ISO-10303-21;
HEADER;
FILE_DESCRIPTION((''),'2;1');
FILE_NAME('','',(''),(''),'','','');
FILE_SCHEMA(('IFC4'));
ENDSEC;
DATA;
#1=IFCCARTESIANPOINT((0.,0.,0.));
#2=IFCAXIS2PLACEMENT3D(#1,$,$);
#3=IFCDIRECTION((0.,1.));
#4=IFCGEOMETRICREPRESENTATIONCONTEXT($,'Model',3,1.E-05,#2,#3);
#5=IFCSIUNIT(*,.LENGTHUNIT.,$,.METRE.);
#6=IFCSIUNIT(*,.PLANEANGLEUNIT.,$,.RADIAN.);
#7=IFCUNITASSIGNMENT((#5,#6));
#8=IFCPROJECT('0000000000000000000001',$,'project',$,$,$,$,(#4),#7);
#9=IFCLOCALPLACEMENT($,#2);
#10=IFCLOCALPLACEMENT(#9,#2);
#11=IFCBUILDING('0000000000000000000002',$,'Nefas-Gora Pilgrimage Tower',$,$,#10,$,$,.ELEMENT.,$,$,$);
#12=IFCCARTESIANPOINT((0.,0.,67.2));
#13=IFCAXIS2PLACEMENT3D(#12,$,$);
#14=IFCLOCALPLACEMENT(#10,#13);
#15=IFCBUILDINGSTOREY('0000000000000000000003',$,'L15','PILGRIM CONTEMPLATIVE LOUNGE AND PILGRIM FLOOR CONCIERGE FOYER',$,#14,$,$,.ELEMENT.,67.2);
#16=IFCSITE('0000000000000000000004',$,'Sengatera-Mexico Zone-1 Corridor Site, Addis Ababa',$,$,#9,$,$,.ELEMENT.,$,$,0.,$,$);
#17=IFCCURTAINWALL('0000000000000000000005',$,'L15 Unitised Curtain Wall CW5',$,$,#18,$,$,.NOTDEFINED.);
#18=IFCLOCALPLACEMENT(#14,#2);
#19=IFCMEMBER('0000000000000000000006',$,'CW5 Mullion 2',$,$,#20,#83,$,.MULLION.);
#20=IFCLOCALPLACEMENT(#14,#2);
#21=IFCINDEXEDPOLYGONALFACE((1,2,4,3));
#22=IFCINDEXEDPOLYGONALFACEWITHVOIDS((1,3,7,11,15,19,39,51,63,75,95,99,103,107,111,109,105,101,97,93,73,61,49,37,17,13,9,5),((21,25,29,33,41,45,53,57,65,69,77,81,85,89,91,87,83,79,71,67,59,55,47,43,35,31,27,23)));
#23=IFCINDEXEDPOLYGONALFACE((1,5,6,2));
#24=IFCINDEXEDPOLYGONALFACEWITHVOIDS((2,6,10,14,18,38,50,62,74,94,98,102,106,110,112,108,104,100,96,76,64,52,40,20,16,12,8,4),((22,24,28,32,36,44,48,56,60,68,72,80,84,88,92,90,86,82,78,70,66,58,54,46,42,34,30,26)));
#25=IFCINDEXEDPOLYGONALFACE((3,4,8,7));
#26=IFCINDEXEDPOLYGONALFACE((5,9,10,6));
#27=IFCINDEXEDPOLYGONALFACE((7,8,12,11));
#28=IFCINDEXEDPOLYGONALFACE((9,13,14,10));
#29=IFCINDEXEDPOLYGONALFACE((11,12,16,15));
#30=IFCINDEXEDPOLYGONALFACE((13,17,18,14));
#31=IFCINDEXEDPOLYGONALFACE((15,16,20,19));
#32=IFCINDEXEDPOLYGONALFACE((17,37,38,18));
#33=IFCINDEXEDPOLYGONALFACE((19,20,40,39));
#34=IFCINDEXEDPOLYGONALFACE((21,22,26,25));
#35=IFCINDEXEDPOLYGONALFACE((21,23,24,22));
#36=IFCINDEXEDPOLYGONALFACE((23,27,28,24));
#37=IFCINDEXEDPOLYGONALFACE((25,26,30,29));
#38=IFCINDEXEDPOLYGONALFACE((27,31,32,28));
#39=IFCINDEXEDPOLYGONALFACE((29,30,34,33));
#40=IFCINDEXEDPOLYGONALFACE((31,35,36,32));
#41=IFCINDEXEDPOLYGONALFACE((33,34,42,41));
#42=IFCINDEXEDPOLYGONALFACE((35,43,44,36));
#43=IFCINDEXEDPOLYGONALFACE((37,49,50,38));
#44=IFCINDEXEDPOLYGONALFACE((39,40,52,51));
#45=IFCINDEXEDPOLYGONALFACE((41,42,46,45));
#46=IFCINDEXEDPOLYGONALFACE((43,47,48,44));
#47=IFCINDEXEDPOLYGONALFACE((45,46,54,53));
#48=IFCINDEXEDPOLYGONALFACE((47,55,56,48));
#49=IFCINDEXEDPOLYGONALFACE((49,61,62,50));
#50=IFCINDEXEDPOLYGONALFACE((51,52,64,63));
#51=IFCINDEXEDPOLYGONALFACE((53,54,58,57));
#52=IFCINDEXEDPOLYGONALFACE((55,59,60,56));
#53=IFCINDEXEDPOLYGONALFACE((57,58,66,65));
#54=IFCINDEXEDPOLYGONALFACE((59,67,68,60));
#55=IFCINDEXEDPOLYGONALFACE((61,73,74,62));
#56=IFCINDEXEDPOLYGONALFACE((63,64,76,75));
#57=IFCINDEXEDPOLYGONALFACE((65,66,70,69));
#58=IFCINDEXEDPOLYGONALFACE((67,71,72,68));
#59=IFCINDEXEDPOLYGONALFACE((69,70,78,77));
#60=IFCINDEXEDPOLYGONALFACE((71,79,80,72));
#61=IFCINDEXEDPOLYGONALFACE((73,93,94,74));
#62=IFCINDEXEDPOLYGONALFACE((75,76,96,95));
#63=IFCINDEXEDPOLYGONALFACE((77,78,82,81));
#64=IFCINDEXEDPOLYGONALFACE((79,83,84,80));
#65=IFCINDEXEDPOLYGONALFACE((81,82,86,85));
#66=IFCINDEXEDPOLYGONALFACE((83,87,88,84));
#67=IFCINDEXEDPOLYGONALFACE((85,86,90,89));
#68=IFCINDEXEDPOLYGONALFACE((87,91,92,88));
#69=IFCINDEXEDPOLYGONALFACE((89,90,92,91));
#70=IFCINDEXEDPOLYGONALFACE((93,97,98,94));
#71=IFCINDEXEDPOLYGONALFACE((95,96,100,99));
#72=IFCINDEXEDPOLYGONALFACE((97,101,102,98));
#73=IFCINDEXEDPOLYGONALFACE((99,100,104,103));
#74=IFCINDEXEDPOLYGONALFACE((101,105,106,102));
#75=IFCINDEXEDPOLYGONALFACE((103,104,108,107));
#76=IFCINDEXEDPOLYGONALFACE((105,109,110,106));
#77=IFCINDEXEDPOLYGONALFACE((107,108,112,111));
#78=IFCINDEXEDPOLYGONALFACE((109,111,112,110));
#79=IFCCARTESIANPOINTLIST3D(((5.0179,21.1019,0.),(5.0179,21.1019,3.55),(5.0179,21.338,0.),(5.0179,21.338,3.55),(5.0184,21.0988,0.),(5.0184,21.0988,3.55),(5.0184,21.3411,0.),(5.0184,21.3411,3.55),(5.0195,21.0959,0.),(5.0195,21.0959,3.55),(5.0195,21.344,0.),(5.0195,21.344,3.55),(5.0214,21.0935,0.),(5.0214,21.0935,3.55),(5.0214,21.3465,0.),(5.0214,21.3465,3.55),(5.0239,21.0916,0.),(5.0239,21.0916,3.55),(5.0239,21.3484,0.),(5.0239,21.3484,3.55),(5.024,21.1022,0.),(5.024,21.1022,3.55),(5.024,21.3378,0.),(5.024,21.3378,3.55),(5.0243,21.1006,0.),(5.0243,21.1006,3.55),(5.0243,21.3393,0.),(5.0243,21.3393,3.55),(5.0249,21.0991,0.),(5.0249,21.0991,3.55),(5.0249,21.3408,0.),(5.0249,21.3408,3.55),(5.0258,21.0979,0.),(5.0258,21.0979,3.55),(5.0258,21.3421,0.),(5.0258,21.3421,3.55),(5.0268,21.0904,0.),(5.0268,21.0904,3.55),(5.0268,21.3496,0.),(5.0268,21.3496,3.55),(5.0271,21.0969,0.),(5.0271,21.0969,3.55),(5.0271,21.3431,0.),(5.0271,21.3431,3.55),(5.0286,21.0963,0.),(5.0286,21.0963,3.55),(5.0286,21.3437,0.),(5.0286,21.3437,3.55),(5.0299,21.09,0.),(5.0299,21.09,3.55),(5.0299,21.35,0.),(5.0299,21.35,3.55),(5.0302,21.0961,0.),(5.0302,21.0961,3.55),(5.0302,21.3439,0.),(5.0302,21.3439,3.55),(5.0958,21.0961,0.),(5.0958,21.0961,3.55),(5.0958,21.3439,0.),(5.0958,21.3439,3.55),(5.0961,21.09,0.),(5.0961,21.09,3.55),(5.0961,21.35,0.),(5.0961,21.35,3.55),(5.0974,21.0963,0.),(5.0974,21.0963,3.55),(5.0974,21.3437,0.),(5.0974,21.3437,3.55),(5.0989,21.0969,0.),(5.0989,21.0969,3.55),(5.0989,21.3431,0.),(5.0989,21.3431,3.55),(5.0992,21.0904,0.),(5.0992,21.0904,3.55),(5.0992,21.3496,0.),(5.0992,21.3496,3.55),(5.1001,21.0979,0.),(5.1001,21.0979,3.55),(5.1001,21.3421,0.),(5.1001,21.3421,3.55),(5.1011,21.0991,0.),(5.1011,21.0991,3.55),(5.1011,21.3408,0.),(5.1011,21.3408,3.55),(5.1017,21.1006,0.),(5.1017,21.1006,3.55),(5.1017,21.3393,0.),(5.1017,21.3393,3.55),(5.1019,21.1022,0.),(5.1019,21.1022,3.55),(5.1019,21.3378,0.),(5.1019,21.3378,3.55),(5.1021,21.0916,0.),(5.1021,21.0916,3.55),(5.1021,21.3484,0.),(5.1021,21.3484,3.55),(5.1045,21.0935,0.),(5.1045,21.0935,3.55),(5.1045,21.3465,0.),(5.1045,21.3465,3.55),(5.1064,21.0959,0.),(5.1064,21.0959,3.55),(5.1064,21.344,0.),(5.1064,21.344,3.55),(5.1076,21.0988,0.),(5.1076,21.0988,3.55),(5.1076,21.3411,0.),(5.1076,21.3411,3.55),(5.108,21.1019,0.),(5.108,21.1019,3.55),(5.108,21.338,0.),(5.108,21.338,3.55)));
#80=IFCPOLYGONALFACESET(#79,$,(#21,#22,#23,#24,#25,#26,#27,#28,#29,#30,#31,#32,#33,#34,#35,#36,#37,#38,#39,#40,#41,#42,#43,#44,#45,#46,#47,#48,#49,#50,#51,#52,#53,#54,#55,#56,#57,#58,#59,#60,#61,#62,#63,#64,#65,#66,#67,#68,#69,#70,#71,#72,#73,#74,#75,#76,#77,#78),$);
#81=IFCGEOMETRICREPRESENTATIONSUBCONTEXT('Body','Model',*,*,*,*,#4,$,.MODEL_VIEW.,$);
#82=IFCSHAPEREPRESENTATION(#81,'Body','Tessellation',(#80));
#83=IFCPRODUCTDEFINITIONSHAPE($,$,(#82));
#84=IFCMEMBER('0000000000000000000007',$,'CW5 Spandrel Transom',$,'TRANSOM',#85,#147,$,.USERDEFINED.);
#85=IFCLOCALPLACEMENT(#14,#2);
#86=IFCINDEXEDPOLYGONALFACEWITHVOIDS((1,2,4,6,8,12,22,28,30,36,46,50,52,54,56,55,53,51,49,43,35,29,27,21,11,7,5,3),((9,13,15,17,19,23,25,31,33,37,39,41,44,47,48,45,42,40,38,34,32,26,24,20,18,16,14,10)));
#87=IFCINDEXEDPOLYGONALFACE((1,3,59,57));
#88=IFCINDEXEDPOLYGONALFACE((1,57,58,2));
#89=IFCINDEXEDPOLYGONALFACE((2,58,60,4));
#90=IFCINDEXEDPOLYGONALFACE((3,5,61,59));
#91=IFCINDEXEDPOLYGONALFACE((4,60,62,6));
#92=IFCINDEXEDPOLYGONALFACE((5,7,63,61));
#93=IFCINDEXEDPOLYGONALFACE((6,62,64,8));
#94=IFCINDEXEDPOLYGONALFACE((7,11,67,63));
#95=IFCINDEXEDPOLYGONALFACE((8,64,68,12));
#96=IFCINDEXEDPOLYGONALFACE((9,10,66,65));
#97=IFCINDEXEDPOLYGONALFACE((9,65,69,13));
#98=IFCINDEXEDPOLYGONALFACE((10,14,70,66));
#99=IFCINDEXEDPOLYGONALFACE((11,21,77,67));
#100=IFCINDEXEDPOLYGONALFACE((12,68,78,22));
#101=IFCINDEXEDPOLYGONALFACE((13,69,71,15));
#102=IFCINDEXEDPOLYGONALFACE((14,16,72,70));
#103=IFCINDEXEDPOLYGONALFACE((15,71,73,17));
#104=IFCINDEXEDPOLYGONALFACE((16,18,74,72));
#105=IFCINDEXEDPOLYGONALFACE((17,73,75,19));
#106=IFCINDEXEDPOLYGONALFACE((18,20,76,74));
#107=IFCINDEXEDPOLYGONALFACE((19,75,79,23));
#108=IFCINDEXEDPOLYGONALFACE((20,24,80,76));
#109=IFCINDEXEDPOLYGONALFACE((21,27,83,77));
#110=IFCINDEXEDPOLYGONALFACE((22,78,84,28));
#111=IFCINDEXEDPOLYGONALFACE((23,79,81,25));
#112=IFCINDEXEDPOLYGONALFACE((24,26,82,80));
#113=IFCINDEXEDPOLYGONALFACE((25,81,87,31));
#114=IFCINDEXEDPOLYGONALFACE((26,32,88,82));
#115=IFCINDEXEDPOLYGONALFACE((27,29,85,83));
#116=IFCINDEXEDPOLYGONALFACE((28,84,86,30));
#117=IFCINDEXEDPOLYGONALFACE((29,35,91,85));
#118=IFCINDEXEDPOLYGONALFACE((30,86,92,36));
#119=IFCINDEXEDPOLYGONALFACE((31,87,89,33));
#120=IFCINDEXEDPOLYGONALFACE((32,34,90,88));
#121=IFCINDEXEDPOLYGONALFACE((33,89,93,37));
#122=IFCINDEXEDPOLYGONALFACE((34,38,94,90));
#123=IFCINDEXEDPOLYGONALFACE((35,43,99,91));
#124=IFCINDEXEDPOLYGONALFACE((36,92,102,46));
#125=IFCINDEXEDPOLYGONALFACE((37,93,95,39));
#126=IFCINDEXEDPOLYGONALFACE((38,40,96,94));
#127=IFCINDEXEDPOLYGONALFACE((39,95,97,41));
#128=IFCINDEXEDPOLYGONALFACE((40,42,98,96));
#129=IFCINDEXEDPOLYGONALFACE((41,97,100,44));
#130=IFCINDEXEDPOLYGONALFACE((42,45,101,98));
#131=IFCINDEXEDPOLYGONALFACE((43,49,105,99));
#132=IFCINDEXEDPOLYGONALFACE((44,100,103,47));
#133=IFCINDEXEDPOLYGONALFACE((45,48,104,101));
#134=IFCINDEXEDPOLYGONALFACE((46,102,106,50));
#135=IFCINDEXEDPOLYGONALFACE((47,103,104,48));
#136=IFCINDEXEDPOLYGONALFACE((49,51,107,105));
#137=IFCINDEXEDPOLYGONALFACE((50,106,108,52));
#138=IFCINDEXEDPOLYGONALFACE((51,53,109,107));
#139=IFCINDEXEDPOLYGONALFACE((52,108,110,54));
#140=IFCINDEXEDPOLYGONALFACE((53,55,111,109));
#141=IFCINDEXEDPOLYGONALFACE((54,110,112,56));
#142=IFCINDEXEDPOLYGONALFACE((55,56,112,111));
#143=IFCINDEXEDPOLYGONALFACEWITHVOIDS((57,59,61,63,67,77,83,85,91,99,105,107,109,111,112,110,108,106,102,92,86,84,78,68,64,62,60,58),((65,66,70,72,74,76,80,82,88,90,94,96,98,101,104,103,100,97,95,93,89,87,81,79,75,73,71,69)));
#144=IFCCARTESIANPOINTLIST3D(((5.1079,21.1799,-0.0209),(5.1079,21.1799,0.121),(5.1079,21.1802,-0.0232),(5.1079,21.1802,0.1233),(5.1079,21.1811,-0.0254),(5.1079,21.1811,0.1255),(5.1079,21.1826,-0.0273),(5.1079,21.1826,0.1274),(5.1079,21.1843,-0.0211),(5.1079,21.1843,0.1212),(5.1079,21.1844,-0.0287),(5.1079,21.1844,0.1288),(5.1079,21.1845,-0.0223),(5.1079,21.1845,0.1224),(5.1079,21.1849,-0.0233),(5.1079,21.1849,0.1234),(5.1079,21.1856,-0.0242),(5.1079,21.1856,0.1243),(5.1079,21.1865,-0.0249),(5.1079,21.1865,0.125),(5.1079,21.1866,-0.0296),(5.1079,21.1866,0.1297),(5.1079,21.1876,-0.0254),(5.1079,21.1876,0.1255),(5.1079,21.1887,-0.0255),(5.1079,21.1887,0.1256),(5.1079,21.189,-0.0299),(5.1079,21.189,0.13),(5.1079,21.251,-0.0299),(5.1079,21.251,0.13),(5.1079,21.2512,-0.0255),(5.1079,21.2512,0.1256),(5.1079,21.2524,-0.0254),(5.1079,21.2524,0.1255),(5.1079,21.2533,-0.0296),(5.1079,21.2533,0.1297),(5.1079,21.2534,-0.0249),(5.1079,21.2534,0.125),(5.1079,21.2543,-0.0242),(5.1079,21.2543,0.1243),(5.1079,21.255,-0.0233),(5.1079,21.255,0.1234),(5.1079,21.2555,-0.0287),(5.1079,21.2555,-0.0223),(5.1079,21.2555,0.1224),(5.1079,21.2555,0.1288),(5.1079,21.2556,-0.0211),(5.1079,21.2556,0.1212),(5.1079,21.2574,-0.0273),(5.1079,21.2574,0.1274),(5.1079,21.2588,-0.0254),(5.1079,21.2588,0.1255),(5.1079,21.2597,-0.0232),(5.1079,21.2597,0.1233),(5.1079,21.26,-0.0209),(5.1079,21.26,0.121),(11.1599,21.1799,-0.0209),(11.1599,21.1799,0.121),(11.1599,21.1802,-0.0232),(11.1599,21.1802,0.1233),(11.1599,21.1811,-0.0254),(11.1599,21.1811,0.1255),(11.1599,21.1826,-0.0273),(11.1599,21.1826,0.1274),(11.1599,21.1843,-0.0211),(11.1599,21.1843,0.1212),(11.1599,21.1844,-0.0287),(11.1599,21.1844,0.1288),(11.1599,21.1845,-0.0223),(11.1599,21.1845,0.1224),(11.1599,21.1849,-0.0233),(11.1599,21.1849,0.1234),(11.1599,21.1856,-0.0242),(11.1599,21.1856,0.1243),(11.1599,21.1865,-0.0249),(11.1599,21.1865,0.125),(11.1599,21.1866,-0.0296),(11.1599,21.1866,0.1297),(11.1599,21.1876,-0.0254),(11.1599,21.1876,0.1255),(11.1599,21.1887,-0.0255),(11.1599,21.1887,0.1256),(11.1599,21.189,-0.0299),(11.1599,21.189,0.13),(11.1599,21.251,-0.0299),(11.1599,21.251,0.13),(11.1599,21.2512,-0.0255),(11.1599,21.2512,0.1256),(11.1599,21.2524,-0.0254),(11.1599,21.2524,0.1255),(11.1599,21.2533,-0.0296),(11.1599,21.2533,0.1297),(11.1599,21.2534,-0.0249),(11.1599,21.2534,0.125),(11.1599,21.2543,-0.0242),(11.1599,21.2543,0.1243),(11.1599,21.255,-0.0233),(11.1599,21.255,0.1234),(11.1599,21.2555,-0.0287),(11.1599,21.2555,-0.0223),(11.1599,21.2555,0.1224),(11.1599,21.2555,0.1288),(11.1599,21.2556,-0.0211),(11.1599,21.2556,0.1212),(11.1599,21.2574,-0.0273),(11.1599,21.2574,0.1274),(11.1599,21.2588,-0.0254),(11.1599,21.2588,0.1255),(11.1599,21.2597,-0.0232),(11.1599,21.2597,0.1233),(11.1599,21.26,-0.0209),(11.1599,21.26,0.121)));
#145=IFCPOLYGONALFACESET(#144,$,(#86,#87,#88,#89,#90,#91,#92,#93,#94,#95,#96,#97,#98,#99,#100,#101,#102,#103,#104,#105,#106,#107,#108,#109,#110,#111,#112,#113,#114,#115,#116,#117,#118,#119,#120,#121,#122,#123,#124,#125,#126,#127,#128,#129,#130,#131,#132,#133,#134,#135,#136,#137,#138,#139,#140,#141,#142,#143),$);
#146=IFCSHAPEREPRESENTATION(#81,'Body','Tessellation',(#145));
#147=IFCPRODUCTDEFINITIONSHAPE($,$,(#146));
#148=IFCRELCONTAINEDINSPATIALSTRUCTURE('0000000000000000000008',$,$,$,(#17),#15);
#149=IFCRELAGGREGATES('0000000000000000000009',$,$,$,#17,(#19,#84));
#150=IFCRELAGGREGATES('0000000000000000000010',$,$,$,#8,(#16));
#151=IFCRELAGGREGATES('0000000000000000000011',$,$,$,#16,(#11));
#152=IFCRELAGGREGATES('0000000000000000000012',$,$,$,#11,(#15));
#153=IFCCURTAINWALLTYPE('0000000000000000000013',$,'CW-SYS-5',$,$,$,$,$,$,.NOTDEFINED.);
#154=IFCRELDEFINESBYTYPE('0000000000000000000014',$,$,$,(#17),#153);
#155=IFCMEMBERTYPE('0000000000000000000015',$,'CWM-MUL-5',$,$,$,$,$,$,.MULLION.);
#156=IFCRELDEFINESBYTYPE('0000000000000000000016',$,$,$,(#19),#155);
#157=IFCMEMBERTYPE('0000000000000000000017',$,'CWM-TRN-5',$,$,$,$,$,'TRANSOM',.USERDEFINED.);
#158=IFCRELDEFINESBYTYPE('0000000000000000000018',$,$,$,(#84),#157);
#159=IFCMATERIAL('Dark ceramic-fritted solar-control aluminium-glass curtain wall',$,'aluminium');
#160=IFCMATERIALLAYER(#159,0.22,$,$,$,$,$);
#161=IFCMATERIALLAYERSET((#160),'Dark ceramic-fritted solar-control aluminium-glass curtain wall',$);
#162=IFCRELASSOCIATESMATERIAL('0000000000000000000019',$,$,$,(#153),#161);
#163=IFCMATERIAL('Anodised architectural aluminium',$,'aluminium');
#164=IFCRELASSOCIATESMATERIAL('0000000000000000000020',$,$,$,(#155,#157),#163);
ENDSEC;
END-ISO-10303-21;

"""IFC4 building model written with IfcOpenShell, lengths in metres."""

from ifc_helpers import new_model, si_unit, direction, frame, origin, origin_2d, place, context, subcontext, project, spatial, hollow_rectangle, extrude, source, transform, mapped, material, layer, layer_set, material_profile, profile_set, type_object, element, aggregate, save


model = new_model("IFC4")

# Units and contexts
model_context = context("Model", 3, precision=1e-05, world=origin(), true_north=direction((0.0, 1.0)))
body_context = subcontext(model_context, "Body", "Model", "MODEL_VIEW")
ifc_project = project(units=[si_unit("LENGTHUNIT", "METRE"), si_unit("PLANEANGLEUNIT", "RADIAN")], contexts=[model_context])

# Site, building, storey
site_placement = place(None, origin())
site = spatial("IfcSite", under=ifc_project, at=site_placement, Name="Sengatera-Mexico Zone-1 Corridor Site, Addis Ababa", CompositionType="ELEMENT", RefElevation=0.0)
building_placement = place(site_placement, origin())
building = spatial("IfcBuilding", under=site, at=building_placement, Name="Nefas-Gora Pilgrimage Tower", CompositionType="ELEMENT")
storey_placement = place(building_placement, frame((0.0, 0.0, 67.2)))
storey = spatial("IfcBuildingStorey", under=building, at=storey_placement, Name="L15", Description="PILGRIM CONTEMPLATIVE LOUNGE AND PILGRIM FLOOR CONCIERGE FOYER", CompositionType="ELEMENT", Elevation=67.2)

# Curtain wall, members
ifc_material_1 = material(Name="Dark ceramic-fritted solar-control aluminium-glass curtain wall", Category="aluminium")
ifc_layer_1 = layer(ifc_material_1, 0.22)
ifc_layer_set_1 = layer_set([ifc_layer_1], Name="Dark ceramic-fritted solar-control aluminium-glass curtain wall")
curtain_wall_type_1 = type_object("IfcCurtainWallType", Name="CW-SYS-5", PredefinedType="NOTDEFINED", material=ifc_layer_set_1)
curtain_wall_1_placement = place(storey_placement, origin())
curtain_wall_1 = element("IfcCurtainWall", 1, at=curtain_wall_1_placement, inside=storey, type_object=curtain_wall_type_1, Name="L15 Unitised Curtain Wall CW5", PredefinedType="NOTDEFINED")
ifc_material_2 = material(Name="Anodised architectural aluminium", Category="aluminium")
ifc_material_profile_1 = material_profile(ifc_material_2, hollow_rectangle(XDim=0.0901, YDim=0.26, WallThickness=0.0061, InnerFilletRadius=0.0061, OuterFilletRadius=0.012, at=origin_2d()), Name="ALU MULLION 90x260")
ifc_profile_set_1 = profile_set([ifc_material_profile_1], Name="Anodised architectural aluminium")
member_type_1 = type_object("IfcMemberType", Name="CWM-MUL-5", PredefinedType="MULLION", material=ifc_profile_set_1)
shared_shape_1 = source(origin(), body_context, "Body", "SweptSolid", [
    extrude(hollow_rectangle(XDim=0.0901, YDim=0.26, WallThickness=0.0061, InnerFilletRadius=0.0061, OuterFilletRadius=0.012, at=origin_2d()), origin(), (0.0, 0.0, 1.0), 3.55),
])
member_1_placement = place(storey_placement, frame((5.063, 21.22, 0.0), z_axis=(0.0, 0.0, 1.0), x_axis=(-1.0, 0.0, 0.0)))
member_1 = element("IfcMember", 2, at=member_1_placement, type_object=member_type_1, Name="CW5 Mullion 2", PredefinedType="MULLION", context=body_context, shape_type="MappedRepresentation", body=[
    mapped(shared_shape_1, transform((0.0, 0.0, 0.0), x_axis=(1.0, 0.0, 0.0), y_axis=(0.0, 1.0, 0.0), z_axis=(0.0, 0.0, 1.0), scale=1.0)),
])
ifc_material_profile_2 = material_profile(ifc_material_2, hollow_rectangle(XDim=0.0801, YDim=0.1599, WallThickness=0.0044, InnerFilletRadius=0.0044, OuterFilletRadius=0.009, at=origin_2d()), Name="ALU TRANSOM 80x160")
ifc_profile_set_2 = profile_set([ifc_material_profile_2], Name="Anodised architectural aluminium")
member_type_2 = type_object("IfcMemberType", Name="CWM-TRN-5", ElementType="TRANSOM", PredefinedType="USERDEFINED", material=ifc_profile_set_2)
shared_shape_2 = source(origin(), body_context, "Body", "SweptSolid", [
    extrude(hollow_rectangle(XDim=0.0801, YDim=0.1599, WallThickness=0.0044, InnerFilletRadius=0.0044, OuterFilletRadius=0.009, at=origin_2d()), origin(), (0.0, 0.0, 1.0), 6.052),
])
member_2_placement = place(storey_placement, frame((11.1599, 21.22, 0.05), z_axis=(-1.0, 0.0, 0.0), x_axis=(0.0, -1.0, 0.0)))
member_2 = element("IfcMember", 3, at=member_2_placement, type_object=member_type_2, Name="CW5 Spandrel Transom", ObjectType="TRANSOM", PredefinedType="USERDEFINED", context=body_context, shape_type="MappedRepresentation", body=[
    mapped(shared_shape_2, transform((0.0, 0.0, 0.0), x_axis=(1.0, 0.0, 0.0), y_axis=(0.0, 1.0, 0.0), z_axis=(0.0, 0.0, 1.0), scale=1.0)),
])

aggregate(curtain_wall_1, [member_1, member_2])

save(model, "model.ifc")
